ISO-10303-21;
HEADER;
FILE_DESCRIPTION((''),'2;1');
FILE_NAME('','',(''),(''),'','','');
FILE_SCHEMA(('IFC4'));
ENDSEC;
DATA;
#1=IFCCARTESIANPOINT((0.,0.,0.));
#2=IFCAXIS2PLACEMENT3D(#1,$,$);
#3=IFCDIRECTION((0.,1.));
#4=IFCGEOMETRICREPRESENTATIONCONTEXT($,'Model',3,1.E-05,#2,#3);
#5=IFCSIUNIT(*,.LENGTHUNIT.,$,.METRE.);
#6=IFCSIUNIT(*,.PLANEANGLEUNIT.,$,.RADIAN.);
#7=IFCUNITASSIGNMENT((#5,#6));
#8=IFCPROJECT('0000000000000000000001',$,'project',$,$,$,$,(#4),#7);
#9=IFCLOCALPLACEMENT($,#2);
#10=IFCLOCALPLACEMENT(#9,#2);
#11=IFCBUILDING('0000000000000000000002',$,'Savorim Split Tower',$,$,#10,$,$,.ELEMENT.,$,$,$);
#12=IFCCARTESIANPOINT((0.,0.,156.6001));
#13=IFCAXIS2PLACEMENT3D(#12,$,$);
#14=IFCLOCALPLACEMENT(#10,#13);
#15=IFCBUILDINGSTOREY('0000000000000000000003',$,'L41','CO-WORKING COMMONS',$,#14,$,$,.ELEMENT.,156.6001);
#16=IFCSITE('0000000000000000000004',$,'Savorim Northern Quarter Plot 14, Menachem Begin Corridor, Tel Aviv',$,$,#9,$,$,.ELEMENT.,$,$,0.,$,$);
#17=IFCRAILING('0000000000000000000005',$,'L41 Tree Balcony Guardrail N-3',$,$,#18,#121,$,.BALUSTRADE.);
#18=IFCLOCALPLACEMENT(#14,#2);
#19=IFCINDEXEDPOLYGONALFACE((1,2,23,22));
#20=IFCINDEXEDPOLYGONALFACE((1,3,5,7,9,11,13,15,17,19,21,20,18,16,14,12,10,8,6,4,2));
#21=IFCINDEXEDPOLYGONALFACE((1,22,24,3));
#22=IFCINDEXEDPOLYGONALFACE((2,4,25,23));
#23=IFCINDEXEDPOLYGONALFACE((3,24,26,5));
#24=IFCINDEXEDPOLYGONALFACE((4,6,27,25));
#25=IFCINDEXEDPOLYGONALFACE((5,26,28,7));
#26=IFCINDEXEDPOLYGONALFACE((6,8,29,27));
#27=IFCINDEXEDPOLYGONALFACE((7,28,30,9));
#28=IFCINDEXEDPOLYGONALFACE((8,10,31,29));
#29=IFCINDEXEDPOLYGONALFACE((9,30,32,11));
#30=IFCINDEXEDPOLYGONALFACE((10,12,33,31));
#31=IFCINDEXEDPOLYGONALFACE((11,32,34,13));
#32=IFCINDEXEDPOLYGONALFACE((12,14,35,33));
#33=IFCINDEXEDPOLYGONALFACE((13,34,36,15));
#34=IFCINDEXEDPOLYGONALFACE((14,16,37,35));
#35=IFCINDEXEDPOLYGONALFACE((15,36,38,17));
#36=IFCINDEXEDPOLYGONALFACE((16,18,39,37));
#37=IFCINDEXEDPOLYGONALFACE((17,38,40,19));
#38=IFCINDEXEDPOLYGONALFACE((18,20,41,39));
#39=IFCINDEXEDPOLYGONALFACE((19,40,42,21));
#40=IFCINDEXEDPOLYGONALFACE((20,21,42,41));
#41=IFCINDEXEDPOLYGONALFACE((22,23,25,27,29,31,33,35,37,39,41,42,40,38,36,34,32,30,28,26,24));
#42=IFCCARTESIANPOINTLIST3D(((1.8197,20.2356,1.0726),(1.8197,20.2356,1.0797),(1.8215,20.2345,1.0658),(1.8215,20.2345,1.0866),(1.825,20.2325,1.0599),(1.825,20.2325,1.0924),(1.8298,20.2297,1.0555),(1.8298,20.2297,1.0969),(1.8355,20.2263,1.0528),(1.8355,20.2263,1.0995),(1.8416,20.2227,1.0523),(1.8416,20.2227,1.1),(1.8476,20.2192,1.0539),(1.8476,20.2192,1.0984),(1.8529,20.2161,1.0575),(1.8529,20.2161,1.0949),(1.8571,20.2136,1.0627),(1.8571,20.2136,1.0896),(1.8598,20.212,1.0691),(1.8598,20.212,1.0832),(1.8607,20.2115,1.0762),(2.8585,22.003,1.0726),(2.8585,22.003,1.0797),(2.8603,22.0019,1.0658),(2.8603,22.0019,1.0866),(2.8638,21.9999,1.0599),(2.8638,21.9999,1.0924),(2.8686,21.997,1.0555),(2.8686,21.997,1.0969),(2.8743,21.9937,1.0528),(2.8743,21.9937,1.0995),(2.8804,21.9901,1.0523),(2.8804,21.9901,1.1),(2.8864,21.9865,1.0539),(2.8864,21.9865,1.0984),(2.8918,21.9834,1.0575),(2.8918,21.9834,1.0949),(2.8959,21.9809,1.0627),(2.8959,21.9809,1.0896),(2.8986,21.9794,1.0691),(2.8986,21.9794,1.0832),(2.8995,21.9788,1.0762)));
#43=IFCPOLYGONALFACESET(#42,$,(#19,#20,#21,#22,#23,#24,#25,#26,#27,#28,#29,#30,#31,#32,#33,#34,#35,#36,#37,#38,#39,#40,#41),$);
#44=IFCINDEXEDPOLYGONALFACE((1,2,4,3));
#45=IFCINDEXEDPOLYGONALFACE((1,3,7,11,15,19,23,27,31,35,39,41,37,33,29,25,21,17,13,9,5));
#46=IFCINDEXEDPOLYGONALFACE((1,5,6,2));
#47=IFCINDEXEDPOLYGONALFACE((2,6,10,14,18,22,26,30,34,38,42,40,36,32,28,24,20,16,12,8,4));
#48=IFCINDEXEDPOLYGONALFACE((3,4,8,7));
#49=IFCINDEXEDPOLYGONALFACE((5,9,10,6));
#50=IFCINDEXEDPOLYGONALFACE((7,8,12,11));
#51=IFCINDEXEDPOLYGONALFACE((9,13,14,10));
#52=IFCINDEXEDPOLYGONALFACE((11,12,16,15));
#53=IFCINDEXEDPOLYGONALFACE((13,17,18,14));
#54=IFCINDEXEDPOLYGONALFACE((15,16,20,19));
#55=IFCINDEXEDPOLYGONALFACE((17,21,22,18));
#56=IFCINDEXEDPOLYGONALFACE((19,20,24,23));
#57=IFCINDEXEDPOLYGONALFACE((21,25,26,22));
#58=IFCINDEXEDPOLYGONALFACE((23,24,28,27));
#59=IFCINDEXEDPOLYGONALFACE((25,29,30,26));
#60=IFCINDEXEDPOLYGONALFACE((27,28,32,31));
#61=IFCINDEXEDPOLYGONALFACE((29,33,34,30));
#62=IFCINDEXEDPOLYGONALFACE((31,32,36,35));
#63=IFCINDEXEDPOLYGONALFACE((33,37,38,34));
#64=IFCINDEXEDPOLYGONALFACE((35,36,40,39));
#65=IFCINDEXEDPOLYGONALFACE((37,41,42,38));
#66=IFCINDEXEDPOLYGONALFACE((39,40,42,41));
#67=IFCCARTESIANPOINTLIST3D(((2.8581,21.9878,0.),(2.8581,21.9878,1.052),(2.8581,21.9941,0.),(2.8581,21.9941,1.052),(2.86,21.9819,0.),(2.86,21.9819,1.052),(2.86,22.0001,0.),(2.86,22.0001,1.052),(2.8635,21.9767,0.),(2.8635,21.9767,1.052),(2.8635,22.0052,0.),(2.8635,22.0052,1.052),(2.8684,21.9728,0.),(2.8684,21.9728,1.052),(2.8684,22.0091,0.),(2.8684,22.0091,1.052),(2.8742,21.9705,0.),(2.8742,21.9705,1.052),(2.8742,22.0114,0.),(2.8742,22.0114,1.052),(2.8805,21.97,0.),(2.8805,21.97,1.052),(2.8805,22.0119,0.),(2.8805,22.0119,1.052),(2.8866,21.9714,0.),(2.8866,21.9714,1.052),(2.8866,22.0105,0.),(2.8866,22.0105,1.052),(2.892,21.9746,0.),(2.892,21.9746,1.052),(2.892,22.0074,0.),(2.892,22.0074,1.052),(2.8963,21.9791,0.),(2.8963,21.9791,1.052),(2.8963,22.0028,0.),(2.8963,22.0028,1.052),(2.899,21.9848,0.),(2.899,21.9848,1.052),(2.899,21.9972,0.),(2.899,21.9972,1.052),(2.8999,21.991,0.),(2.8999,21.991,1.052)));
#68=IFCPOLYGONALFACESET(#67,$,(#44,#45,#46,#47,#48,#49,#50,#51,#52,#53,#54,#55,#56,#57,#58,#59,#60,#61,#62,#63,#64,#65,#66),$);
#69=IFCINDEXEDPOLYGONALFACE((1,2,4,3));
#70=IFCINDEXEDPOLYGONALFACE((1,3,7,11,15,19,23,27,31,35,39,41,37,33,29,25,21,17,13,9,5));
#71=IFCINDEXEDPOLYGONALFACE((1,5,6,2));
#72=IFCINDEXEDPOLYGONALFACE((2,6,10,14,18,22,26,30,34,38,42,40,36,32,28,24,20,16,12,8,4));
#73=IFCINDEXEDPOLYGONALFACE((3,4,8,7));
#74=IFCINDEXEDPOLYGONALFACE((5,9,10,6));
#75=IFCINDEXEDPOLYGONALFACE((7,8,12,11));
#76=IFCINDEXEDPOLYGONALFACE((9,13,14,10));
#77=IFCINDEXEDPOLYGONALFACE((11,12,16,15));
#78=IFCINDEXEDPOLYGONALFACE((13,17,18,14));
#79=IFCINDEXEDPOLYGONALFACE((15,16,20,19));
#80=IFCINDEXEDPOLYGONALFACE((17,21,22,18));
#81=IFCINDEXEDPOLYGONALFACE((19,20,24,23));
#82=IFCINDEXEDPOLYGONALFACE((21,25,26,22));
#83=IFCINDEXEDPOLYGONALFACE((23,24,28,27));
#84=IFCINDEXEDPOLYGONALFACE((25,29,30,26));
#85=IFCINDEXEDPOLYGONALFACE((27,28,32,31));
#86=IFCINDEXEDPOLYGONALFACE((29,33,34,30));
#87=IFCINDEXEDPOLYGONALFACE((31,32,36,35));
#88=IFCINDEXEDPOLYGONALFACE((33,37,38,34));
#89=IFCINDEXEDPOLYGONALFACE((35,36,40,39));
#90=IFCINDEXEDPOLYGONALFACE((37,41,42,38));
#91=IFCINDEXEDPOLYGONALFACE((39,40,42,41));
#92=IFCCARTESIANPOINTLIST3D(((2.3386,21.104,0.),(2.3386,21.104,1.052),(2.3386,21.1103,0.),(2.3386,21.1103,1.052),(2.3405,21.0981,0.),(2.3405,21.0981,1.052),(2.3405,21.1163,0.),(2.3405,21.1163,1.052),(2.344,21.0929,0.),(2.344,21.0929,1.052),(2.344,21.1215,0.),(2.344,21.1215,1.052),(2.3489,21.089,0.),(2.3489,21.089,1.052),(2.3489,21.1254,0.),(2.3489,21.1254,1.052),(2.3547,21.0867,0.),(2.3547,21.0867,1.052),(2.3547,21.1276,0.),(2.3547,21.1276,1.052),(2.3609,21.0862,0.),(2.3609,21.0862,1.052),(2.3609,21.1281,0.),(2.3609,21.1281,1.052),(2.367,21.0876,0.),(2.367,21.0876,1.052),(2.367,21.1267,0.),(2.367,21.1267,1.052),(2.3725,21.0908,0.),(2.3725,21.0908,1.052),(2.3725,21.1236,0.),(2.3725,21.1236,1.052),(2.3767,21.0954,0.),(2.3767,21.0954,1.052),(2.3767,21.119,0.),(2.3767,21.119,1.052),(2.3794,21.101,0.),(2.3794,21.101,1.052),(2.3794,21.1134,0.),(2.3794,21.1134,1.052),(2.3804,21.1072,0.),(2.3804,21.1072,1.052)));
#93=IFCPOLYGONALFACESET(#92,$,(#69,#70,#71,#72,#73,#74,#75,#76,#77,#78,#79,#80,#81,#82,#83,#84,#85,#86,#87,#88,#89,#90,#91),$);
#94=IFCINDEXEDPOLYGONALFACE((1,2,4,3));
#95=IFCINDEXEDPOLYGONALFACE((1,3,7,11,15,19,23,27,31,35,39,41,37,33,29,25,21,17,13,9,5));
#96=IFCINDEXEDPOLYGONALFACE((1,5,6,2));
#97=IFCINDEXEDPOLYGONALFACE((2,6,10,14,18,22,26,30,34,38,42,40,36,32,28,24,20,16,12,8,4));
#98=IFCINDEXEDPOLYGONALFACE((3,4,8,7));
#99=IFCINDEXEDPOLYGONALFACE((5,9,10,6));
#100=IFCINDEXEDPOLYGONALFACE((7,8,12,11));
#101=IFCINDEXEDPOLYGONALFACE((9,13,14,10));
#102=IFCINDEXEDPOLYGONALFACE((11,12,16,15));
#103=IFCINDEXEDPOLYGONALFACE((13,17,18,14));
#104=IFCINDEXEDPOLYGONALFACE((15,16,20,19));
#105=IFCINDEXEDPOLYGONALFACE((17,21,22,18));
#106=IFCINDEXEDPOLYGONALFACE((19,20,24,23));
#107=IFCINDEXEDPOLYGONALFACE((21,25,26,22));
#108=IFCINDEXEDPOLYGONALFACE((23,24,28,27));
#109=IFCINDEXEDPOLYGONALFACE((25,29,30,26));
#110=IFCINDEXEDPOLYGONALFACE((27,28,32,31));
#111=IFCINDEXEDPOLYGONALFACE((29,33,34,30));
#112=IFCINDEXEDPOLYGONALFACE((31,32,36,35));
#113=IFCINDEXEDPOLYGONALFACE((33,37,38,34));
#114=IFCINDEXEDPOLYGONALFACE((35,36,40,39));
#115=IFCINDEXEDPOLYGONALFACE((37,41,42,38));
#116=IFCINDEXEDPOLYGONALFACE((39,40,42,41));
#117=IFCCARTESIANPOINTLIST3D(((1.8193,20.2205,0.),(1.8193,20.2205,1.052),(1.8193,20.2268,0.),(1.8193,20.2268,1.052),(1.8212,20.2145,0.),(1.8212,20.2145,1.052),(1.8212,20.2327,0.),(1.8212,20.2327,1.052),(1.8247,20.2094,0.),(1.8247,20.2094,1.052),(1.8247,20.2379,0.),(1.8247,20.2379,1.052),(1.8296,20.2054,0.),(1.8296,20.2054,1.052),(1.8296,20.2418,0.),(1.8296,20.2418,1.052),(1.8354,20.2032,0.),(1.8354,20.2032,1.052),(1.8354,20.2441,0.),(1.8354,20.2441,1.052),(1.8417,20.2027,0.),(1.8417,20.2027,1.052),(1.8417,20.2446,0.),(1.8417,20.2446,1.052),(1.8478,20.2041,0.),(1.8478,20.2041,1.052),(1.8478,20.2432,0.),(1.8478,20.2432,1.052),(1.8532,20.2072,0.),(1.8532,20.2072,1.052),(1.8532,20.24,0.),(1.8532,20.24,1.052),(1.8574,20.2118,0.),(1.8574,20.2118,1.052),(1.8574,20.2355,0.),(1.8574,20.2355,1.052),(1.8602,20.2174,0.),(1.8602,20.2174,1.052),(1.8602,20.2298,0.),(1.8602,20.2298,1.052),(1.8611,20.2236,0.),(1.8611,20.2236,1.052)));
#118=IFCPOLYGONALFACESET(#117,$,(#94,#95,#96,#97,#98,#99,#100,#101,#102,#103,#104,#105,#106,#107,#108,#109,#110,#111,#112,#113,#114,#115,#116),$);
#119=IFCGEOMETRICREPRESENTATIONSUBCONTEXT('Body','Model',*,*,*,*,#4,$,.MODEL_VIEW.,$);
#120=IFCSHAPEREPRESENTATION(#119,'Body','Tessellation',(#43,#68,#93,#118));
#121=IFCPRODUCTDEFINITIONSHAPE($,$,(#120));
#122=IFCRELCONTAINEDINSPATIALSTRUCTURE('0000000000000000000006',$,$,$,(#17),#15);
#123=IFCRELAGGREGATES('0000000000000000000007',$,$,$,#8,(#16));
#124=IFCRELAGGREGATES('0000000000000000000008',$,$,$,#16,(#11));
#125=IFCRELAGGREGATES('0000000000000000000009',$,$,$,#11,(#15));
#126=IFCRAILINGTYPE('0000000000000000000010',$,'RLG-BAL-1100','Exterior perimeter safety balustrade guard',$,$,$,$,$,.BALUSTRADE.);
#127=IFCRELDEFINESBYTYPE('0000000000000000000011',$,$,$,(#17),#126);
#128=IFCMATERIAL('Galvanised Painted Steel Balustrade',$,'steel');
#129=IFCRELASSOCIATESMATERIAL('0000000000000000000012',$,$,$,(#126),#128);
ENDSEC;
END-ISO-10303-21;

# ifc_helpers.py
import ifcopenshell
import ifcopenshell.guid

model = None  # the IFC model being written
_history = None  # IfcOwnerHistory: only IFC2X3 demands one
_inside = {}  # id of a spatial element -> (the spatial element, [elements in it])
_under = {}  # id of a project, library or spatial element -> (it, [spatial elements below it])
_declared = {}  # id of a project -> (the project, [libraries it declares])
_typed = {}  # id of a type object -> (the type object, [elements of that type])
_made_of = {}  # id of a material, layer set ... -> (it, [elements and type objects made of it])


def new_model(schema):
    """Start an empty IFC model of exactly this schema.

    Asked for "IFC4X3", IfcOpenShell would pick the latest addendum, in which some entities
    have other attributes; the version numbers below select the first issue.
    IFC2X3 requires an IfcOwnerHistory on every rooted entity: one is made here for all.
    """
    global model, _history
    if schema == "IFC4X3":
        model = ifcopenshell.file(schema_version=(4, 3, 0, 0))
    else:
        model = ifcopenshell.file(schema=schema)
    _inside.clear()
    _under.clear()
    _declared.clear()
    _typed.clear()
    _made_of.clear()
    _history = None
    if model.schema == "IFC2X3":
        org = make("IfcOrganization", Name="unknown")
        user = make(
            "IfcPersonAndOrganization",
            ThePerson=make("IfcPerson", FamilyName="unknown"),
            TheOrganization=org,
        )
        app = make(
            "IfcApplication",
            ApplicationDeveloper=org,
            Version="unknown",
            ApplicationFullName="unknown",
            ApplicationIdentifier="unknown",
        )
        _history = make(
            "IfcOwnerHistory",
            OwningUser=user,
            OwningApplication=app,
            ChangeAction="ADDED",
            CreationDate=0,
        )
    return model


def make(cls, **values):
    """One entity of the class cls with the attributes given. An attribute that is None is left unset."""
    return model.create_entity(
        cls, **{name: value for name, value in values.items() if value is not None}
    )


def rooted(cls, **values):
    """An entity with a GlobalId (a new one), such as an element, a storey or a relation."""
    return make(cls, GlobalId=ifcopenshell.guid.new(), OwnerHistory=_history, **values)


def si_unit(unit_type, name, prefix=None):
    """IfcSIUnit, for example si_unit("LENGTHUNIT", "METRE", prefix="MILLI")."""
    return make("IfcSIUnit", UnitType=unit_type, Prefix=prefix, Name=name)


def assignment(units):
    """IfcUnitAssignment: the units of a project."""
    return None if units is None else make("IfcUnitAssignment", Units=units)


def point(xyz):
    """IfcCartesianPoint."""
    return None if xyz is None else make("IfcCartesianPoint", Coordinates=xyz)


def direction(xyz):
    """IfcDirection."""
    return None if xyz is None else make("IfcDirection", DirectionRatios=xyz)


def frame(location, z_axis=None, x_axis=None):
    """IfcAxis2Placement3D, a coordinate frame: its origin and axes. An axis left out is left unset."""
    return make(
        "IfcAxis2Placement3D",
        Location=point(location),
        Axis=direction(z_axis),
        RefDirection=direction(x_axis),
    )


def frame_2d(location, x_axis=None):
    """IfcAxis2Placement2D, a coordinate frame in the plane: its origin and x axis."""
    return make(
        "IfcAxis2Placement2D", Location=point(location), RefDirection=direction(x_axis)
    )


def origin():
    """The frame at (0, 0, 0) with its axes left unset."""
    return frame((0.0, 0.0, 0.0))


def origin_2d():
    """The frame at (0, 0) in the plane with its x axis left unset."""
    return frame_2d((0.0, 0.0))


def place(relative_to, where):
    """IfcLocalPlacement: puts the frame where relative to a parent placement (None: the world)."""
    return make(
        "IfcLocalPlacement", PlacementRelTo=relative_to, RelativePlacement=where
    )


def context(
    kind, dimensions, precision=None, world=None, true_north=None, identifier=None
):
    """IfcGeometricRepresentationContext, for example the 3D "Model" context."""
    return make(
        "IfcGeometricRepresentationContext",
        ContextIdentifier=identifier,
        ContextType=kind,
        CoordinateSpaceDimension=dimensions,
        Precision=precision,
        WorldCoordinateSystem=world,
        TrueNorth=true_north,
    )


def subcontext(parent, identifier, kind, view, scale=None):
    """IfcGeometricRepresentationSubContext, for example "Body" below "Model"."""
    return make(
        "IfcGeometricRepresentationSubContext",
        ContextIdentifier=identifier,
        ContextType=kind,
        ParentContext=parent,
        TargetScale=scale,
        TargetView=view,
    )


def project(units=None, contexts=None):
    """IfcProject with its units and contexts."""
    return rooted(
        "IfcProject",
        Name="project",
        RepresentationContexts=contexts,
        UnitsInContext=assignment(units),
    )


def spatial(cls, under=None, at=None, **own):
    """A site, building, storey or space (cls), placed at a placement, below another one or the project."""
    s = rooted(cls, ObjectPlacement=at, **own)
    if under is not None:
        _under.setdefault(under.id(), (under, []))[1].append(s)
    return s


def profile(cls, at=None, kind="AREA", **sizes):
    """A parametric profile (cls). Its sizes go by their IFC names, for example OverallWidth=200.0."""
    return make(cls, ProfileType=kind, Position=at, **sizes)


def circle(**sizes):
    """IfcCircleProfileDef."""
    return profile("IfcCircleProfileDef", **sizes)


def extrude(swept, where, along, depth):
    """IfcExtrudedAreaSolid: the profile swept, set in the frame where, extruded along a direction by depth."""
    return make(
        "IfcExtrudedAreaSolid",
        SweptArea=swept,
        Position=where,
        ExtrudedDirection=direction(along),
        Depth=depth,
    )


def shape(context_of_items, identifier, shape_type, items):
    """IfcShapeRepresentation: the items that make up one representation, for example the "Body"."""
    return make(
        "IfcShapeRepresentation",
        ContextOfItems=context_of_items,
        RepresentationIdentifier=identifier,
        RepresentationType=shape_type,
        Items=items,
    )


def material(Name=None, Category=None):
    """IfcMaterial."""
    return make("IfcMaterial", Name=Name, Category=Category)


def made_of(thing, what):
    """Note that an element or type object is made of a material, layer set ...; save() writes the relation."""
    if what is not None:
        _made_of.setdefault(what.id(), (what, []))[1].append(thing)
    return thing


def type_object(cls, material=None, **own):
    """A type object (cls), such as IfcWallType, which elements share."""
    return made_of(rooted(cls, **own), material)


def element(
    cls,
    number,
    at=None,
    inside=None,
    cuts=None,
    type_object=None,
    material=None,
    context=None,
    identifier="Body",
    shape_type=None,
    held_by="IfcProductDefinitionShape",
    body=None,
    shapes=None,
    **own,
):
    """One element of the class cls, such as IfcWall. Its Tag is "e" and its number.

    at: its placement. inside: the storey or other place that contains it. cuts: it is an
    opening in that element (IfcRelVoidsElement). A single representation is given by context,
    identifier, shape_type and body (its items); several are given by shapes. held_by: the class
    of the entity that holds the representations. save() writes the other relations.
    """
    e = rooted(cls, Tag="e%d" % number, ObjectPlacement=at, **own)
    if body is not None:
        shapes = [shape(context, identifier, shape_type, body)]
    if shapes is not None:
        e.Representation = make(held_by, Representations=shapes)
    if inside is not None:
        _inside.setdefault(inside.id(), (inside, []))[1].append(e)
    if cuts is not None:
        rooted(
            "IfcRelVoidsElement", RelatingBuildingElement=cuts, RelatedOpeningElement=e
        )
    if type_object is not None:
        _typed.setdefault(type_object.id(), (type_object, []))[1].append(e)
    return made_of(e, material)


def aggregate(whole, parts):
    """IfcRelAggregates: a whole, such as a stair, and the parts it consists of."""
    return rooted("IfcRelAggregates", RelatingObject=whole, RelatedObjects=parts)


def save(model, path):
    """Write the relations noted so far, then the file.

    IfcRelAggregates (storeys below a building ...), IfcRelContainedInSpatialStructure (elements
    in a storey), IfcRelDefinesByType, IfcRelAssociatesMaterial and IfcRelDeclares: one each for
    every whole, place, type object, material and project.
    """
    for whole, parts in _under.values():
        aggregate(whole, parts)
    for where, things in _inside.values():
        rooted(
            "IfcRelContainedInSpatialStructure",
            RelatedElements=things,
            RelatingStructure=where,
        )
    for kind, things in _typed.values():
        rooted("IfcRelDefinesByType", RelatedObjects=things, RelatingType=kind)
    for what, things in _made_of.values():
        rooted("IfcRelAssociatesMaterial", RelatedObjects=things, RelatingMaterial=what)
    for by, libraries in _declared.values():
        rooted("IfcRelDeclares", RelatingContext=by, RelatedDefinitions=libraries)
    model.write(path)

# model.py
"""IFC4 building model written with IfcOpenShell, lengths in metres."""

from ifc_helpers import new_model, si_unit, direction, frame, origin, origin_2d, place, context, subcontext, project, spatial, circle, extrude, material, type_object, element, save


model = new_model("IFC4")

# Units and contexts
model_context = context("Model", 3, precision=1e-05, world=origin(), true_north=direction((0.0, 1.0)))
body_context = subcontext(model_context, "Body", "Model", "MODEL_VIEW")
ifc_project = project(units=[si_unit("LENGTHUNIT", "METRE"), si_unit("PLANEANGLEUNIT", "RADIAN")], contexts=[model_context])

# Site, building, storey
site_placement = place(None, origin())
site = spatial("IfcSite", under=ifc_project, at=site_placement, Name="Savorim Northern Quarter Plot 14, Menachem Begin Corridor, Tel Aviv", CompositionType="ELEMENT", RefElevation=0.0)
building_placement = place(site_placement, origin())
building = spatial("IfcBuilding", under=site, at=building_placement, Name="Savorim Split Tower", CompositionType="ELEMENT")
storey_placement = place(building_placement, frame((0.0, 0.0, 156.6001)))
storey = spatial("IfcBuildingStorey", under=building, at=storey_placement, Name="L41", Description="CO-WORKING COMMONS", CompositionType="ELEMENT", Elevation=156.6001)

# Railing
ifc_material_1 = material(Name="Galvanised Painted Steel Balustrade", Category="steel")
railing_type_1 = type_object("IfcRailingType", Name="RLG-BAL-1100", Description="Exterior perimeter safety balustrade guard", PredefinedType="BALUSTRADE", material=ifc_material_1)
railing_1_placement = place(storey_placement, frame((2.8789, 21.991, 0.0)))
element("IfcRailing", 1, at=railing_1_placement, inside=storey, type_object=railing_type_1, Name="L41 Tree Balcony Guardrail N-3", PredefinedType="BALUSTRADE", context=body_context, shape_type="SweptSolid", body=[
    extrude(circle(Radius=0.0239, at=origin_2d()), frame((0.0, 0.0, 1.0762), z_axis=(-0.506734, -0.862103, 0.0), x_axis=(0.862103, -0.506734, 0.0)), (0.0, 0.0, 1.0), 2.05),
    extrude(circle(Radius=0.021, at=origin_2d()), origin(), (0.0, 0.0, 1.0), 1.052),
    extrude(circle(Radius=0.021, at=origin_2d()), frame((-0.5195, -0.8838, 0.0)), (0.0, 0.0, 1.0), 1.052),
    extrude(circle(Radius=0.021, at=origin_2d()), frame((-1.0388, -1.7673, 0.0)), (0.0, 0.0, 1.0), 1.052),
])

save(model, "model.ifc")
